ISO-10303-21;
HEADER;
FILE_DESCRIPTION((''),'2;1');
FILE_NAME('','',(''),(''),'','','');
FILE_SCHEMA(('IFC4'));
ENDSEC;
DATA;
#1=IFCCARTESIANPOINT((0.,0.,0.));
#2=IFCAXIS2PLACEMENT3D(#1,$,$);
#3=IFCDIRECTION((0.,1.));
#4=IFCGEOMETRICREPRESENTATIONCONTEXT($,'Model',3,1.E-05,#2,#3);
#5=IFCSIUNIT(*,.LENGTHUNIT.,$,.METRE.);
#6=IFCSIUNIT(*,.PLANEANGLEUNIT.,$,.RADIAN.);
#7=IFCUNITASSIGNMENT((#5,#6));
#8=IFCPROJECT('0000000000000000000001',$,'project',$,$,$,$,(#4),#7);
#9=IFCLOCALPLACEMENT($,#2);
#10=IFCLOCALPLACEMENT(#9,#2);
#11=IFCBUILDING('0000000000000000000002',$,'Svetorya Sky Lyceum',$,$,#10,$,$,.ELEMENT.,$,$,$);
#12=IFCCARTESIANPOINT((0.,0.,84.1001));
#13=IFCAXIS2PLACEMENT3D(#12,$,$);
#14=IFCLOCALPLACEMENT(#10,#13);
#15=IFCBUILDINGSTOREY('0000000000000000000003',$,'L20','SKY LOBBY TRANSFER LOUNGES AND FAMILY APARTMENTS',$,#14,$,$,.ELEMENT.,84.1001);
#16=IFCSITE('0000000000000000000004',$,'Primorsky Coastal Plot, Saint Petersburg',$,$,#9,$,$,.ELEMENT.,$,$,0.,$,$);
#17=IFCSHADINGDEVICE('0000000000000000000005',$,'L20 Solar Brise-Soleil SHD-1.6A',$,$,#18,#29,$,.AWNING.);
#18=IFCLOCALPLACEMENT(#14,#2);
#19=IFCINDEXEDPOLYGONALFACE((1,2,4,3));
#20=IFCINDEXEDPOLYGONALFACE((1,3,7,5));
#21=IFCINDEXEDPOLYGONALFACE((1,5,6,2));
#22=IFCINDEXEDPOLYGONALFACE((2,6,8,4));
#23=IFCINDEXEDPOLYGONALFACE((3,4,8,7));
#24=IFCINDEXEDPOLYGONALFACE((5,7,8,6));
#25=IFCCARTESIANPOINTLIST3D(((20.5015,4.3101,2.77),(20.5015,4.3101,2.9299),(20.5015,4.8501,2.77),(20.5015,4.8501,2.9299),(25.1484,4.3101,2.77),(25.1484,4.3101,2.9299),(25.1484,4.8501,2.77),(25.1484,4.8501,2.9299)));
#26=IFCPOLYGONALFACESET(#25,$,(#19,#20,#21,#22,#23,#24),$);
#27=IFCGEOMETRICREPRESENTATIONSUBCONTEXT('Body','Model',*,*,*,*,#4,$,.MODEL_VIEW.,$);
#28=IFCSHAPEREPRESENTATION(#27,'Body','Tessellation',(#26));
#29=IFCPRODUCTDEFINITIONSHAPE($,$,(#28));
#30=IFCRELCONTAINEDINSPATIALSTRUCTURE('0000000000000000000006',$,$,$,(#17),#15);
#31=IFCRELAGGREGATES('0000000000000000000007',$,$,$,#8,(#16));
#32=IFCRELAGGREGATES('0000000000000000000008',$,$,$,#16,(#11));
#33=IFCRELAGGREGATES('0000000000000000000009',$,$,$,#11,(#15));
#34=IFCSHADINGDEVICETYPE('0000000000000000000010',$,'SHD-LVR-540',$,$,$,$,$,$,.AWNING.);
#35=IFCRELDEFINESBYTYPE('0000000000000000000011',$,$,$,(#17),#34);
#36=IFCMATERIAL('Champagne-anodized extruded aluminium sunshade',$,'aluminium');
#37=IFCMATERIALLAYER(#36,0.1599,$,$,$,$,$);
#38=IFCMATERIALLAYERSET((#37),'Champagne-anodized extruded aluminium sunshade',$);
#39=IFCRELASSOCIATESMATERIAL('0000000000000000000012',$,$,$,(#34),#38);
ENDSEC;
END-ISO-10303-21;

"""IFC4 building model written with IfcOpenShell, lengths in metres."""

from ifc_helpers import new_model, si_unit, direction, frame, origin, origin_2d, place, context, subcontext, project, spatial, rectangle, extrude, material, layer, layer_set, type_object, element, save


model = new_model("IFC4")

# Units and contexts
model_context = context("Model", 3, precision=1e-05, world=origin(), true_north=direction((0.0, 1.0)))
body_context = subcontext(model_context, "Body", "Model", "MODEL_VIEW")
ifc_project = project(units=[si_unit("LENGTHUNIT", "METRE"), si_unit("PLANEANGLEUNIT", "RADIAN")], contexts=[model_context])

# Site, building, storey
site_placement = place(None, origin())
site = spatial("IfcSite", under=ifc_project, at=site_placement, Name="Primorsky Coastal Plot, Saint Petersburg", CompositionType="ELEMENT", RefElevation=0.0)
building_placement = place(site_placement, origin())
building = spatial("IfcBuilding", under=site, at=building_placement, Name="Svetorya Sky Lyceum", CompositionType="ELEMENT")
storey_placement = place(building_placement, frame((0.0, 0.0, 84.1001)))
storey = spatial("IfcBuildingStorey", under=building, at=storey_placement, Name="L20", Description="SKY LOBBY TRANSFER LOUNGES AND FAMILY APARTMENTS", CompositionType="ELEMENT", Elevation=84.1001)

# Shading device
ifc_material_1 = material(Name="Champagne-anodized extruded aluminium sunshade", Category="aluminium")
ifc_layer_1 = layer(ifc_material_1, 0.1599)
ifc_layer_set_1 = layer_set([ifc_layer_1], Name="Champagne-anodized extruded aluminium sunshade")
shading_device_type = type_object("IfcShadingDeviceType", Name="SHD-LVR-540", PredefinedType="AWNING", material=ifc_layer_set_1)
shading_device_placement = place(storey_placement, frame((22.825, 4.5801, 2.77), z_axis=(0.0, 0.0, 1.0), x_axis=(1.0, 0.0, 0.0)))
element("IfcShadingDevice", 1, at=shading_device_placement, inside=storey, type_object=shading_device_type, Name="L20 Solar Brise-Soleil SHD-1.6A", PredefinedType="AWNING", context=body_context, shape_type="SweptSolid", body=[
    extrude(rectangle(XDim=4.647, YDim=0.54, at=origin_2d()), origin(), (0.0, 0.0, 1.0), 0.1599),
])

save(model, "model.ifc")
